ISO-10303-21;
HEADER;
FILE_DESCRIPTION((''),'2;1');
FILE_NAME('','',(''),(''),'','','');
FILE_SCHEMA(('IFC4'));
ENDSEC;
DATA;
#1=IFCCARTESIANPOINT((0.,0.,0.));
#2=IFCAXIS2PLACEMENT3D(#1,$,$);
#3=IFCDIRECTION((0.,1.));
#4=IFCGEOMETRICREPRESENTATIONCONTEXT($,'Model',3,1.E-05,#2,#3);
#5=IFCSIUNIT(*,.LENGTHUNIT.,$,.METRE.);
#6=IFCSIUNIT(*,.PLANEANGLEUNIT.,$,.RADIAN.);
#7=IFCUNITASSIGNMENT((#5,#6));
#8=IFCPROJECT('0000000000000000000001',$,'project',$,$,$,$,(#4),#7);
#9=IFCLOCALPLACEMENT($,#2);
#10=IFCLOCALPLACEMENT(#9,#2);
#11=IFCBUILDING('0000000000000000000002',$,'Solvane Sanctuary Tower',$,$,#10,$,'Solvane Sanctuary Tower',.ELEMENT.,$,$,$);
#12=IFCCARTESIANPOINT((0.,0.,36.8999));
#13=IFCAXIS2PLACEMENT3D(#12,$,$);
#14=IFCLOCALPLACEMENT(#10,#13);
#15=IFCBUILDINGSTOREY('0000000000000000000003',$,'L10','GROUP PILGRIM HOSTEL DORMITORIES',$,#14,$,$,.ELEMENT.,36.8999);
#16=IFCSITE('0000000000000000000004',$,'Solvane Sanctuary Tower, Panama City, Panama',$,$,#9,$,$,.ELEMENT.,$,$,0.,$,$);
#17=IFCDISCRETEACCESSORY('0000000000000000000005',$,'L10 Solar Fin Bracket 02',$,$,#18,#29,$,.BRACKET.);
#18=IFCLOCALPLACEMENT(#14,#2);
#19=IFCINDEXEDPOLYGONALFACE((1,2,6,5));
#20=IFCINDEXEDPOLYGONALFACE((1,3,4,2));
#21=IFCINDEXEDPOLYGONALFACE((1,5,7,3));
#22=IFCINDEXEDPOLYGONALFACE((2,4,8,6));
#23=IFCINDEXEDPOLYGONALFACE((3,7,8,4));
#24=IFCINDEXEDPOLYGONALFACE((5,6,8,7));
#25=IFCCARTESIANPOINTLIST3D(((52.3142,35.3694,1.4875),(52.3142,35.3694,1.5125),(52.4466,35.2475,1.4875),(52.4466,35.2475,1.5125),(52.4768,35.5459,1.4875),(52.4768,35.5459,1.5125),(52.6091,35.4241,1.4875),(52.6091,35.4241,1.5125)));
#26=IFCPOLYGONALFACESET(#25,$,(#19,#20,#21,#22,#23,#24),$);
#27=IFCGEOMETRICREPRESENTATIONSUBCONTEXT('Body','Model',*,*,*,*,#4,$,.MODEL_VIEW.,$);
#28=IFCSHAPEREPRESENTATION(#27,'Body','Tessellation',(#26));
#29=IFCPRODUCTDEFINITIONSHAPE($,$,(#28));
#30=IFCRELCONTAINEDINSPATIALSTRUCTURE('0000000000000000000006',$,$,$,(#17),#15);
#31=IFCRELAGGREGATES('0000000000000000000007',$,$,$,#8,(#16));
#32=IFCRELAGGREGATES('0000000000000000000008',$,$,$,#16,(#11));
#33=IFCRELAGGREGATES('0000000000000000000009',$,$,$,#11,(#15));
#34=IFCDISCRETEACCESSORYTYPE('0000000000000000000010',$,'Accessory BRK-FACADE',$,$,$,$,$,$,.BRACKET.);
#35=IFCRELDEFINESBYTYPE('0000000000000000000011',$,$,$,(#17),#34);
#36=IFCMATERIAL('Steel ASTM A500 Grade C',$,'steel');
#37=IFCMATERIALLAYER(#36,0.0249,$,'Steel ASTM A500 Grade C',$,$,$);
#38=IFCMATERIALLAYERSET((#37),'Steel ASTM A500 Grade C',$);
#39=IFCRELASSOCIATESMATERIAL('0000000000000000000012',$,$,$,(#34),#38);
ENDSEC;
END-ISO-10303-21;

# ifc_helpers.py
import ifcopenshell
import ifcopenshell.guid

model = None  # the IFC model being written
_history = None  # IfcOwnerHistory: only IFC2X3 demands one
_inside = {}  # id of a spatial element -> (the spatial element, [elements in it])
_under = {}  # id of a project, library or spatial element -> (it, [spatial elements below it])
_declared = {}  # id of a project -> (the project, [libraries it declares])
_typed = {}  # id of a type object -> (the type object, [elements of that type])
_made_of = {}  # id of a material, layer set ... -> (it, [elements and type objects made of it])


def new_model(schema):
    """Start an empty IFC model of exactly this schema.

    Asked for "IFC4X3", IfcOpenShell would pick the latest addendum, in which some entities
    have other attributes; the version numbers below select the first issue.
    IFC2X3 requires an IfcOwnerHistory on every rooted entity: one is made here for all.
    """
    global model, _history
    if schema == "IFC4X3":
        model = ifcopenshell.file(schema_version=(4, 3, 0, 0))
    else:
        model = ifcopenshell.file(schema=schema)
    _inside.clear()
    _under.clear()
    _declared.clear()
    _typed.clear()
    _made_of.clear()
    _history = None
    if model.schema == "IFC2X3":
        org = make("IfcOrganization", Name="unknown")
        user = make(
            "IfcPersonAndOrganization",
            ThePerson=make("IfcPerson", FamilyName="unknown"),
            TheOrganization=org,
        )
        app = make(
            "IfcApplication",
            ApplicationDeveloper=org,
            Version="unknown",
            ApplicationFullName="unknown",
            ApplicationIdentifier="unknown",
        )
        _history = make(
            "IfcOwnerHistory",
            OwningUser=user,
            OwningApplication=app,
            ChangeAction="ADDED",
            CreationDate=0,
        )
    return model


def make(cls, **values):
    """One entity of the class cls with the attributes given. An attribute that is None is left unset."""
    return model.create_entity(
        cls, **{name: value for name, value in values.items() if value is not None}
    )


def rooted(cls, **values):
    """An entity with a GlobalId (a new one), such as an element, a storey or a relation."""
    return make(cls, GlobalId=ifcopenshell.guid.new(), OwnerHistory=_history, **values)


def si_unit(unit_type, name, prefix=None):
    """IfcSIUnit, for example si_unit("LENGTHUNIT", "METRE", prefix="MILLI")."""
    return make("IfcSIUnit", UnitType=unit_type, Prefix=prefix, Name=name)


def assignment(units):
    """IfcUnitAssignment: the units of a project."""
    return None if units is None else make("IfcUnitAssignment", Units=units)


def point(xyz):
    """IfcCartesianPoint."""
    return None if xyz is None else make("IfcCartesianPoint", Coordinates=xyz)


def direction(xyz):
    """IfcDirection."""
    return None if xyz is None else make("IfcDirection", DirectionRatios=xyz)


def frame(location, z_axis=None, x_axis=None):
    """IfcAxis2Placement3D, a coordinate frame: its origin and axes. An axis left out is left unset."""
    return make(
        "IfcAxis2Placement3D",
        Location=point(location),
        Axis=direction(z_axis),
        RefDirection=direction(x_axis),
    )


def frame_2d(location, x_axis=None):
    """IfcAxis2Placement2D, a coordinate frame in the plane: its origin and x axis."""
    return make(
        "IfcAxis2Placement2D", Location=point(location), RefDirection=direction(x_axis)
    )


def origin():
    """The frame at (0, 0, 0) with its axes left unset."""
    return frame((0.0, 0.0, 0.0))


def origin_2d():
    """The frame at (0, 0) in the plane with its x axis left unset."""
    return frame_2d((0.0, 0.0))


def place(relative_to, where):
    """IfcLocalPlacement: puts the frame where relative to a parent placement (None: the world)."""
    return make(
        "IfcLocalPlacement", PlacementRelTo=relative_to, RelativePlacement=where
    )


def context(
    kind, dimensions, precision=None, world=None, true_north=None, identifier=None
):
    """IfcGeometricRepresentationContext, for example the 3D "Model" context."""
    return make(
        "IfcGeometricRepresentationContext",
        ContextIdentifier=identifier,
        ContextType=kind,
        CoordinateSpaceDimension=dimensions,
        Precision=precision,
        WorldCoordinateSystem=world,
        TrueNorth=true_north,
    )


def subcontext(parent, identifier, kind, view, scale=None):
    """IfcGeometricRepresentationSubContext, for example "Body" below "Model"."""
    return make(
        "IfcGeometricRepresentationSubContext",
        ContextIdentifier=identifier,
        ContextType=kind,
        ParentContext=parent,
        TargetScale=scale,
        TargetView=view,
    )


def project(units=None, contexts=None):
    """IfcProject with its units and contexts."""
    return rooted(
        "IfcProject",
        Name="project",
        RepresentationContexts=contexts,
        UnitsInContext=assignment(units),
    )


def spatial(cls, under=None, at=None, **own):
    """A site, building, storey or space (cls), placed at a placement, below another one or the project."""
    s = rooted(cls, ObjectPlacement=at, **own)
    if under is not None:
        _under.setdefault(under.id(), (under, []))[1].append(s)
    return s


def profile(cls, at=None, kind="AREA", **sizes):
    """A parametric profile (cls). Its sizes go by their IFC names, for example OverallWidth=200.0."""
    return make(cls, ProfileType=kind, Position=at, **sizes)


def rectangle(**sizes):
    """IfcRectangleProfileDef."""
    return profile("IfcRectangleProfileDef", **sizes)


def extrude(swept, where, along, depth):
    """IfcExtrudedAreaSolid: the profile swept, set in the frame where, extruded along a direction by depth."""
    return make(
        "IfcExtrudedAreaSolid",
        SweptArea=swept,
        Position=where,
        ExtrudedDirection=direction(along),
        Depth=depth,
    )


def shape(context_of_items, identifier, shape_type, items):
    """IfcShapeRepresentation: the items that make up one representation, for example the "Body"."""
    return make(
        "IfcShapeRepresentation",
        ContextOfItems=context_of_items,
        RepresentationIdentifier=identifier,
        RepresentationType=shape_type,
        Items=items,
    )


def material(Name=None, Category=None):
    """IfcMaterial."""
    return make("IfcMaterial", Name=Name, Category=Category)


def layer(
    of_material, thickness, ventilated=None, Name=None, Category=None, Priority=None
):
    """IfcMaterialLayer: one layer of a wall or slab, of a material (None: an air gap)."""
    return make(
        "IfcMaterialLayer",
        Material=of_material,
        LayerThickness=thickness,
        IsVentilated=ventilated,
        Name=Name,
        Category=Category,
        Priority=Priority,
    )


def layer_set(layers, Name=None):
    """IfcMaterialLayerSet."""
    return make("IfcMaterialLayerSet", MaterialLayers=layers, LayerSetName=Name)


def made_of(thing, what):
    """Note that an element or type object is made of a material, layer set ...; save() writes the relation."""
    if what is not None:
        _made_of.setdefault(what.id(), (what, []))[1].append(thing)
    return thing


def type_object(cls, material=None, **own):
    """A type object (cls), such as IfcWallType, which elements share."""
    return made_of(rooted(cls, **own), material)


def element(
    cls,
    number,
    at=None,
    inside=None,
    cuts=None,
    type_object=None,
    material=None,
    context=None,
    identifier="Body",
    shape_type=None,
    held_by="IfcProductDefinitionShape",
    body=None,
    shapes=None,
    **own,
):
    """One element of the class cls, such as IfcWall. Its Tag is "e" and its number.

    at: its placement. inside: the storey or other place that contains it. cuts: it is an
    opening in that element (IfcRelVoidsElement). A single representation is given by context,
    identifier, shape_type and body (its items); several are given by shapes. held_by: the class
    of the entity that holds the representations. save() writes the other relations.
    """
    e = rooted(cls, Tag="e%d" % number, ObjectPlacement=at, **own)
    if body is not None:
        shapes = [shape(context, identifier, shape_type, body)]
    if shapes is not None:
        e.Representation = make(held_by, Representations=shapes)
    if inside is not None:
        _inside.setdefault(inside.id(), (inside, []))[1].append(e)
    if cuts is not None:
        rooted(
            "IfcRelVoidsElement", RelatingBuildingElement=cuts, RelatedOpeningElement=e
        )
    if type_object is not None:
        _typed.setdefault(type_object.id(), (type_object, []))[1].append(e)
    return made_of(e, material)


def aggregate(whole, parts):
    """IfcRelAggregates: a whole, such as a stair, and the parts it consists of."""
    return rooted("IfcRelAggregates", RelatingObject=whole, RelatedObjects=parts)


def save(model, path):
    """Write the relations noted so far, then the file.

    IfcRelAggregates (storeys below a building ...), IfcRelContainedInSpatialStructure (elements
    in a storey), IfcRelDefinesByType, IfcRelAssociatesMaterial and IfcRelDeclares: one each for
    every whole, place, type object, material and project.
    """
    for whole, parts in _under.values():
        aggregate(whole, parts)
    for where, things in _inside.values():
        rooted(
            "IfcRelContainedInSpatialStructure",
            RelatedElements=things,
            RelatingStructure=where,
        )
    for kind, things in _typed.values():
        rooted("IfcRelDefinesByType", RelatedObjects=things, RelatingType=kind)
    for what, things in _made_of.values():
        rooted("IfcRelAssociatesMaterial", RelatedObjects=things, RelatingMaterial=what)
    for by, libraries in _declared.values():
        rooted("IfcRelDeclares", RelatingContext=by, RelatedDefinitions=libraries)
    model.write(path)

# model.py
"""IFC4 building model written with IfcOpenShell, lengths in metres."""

from ifc_helpers import new_model, si_unit, direction, frame, origin, origin_2d, place, context, subcontext, project, spatial, rectangle, extrude, material, layer, layer_set, type_object, element, save


model = new_model("IFC4")

# Units and contexts
model_context = context("Model", 3, precision=1e-05, world=origin(), true_north=direction((0.0, 1.0)))
body_context = subcontext(model_context, "Body", "Model", "MODEL_VIEW")
ifc_project = project(units=[si_unit("LENGTHUNIT", "METRE"), si_unit("PLANEANGLEUNIT", "RADIAN")], contexts=[model_context])

# Site, building, storey
site_placement = place(None, origin())
site = spatial("IfcSite", under=ifc_project, at=site_placement, Name="Solvane Sanctuary Tower, Panama City, Panama", CompositionType="ELEMENT", RefElevation=0.0)
building_placement = place(site_placement, origin())
building = spatial("IfcBuilding", under=site, at=building_placement, Name="Solvane Sanctuary Tower", LongName="Solvane Sanctuary Tower", CompositionType="ELEMENT")
storey_placement = place(building_placement, frame((0.0, 0.0, 36.8999)))
storey = spatial("IfcBuildingStorey", under=building, at=storey_placement, Name="L10", Description="GROUP PILGRIM HOSTEL DORMITORIES", CompositionType="ELEMENT", Elevation=36.8999)

# Discrete accessory
ifc_material_1 = material(Name="Steel ASTM A500 Grade C", Category="steel")
ifc_layer_1 = layer(ifc_material_1, 0.0249, Name="Steel ASTM A500 Grade C")
ifc_layer_set_1 = layer_set([ifc_layer_1], Name="Steel ASTM A500 Grade C")
discrete_accessory_type_1 = type_object("IfcDiscreteAccessoryType", Name="Accessory BRK-FACADE", PredefinedType="BRACKET", material=ifc_layer_set_1)
discrete_accessory_placement = place(storey_placement, frame((52.4617, 35.3967, 1.4875), z_axis=(0.0, 0.0, 1.0), x_axis=(-0.735656, 0.677355, 0.0)))
element("IfcDiscreteAccessory", 1, at=discrete_accessory_placement, inside=storey, type_object=discrete_accessory_type_1, Name="L10 Solar Fin Bracket 02", PredefinedType="BRACKET", context=body_context, shape_type="SweptSolid", body=[
    extrude(rectangle(XDim=0.1799, YDim=0.24, at=origin_2d()), origin(), (0.0, 0.0, 1.0), 0.0249),
])

save(model, "model.ifc")
